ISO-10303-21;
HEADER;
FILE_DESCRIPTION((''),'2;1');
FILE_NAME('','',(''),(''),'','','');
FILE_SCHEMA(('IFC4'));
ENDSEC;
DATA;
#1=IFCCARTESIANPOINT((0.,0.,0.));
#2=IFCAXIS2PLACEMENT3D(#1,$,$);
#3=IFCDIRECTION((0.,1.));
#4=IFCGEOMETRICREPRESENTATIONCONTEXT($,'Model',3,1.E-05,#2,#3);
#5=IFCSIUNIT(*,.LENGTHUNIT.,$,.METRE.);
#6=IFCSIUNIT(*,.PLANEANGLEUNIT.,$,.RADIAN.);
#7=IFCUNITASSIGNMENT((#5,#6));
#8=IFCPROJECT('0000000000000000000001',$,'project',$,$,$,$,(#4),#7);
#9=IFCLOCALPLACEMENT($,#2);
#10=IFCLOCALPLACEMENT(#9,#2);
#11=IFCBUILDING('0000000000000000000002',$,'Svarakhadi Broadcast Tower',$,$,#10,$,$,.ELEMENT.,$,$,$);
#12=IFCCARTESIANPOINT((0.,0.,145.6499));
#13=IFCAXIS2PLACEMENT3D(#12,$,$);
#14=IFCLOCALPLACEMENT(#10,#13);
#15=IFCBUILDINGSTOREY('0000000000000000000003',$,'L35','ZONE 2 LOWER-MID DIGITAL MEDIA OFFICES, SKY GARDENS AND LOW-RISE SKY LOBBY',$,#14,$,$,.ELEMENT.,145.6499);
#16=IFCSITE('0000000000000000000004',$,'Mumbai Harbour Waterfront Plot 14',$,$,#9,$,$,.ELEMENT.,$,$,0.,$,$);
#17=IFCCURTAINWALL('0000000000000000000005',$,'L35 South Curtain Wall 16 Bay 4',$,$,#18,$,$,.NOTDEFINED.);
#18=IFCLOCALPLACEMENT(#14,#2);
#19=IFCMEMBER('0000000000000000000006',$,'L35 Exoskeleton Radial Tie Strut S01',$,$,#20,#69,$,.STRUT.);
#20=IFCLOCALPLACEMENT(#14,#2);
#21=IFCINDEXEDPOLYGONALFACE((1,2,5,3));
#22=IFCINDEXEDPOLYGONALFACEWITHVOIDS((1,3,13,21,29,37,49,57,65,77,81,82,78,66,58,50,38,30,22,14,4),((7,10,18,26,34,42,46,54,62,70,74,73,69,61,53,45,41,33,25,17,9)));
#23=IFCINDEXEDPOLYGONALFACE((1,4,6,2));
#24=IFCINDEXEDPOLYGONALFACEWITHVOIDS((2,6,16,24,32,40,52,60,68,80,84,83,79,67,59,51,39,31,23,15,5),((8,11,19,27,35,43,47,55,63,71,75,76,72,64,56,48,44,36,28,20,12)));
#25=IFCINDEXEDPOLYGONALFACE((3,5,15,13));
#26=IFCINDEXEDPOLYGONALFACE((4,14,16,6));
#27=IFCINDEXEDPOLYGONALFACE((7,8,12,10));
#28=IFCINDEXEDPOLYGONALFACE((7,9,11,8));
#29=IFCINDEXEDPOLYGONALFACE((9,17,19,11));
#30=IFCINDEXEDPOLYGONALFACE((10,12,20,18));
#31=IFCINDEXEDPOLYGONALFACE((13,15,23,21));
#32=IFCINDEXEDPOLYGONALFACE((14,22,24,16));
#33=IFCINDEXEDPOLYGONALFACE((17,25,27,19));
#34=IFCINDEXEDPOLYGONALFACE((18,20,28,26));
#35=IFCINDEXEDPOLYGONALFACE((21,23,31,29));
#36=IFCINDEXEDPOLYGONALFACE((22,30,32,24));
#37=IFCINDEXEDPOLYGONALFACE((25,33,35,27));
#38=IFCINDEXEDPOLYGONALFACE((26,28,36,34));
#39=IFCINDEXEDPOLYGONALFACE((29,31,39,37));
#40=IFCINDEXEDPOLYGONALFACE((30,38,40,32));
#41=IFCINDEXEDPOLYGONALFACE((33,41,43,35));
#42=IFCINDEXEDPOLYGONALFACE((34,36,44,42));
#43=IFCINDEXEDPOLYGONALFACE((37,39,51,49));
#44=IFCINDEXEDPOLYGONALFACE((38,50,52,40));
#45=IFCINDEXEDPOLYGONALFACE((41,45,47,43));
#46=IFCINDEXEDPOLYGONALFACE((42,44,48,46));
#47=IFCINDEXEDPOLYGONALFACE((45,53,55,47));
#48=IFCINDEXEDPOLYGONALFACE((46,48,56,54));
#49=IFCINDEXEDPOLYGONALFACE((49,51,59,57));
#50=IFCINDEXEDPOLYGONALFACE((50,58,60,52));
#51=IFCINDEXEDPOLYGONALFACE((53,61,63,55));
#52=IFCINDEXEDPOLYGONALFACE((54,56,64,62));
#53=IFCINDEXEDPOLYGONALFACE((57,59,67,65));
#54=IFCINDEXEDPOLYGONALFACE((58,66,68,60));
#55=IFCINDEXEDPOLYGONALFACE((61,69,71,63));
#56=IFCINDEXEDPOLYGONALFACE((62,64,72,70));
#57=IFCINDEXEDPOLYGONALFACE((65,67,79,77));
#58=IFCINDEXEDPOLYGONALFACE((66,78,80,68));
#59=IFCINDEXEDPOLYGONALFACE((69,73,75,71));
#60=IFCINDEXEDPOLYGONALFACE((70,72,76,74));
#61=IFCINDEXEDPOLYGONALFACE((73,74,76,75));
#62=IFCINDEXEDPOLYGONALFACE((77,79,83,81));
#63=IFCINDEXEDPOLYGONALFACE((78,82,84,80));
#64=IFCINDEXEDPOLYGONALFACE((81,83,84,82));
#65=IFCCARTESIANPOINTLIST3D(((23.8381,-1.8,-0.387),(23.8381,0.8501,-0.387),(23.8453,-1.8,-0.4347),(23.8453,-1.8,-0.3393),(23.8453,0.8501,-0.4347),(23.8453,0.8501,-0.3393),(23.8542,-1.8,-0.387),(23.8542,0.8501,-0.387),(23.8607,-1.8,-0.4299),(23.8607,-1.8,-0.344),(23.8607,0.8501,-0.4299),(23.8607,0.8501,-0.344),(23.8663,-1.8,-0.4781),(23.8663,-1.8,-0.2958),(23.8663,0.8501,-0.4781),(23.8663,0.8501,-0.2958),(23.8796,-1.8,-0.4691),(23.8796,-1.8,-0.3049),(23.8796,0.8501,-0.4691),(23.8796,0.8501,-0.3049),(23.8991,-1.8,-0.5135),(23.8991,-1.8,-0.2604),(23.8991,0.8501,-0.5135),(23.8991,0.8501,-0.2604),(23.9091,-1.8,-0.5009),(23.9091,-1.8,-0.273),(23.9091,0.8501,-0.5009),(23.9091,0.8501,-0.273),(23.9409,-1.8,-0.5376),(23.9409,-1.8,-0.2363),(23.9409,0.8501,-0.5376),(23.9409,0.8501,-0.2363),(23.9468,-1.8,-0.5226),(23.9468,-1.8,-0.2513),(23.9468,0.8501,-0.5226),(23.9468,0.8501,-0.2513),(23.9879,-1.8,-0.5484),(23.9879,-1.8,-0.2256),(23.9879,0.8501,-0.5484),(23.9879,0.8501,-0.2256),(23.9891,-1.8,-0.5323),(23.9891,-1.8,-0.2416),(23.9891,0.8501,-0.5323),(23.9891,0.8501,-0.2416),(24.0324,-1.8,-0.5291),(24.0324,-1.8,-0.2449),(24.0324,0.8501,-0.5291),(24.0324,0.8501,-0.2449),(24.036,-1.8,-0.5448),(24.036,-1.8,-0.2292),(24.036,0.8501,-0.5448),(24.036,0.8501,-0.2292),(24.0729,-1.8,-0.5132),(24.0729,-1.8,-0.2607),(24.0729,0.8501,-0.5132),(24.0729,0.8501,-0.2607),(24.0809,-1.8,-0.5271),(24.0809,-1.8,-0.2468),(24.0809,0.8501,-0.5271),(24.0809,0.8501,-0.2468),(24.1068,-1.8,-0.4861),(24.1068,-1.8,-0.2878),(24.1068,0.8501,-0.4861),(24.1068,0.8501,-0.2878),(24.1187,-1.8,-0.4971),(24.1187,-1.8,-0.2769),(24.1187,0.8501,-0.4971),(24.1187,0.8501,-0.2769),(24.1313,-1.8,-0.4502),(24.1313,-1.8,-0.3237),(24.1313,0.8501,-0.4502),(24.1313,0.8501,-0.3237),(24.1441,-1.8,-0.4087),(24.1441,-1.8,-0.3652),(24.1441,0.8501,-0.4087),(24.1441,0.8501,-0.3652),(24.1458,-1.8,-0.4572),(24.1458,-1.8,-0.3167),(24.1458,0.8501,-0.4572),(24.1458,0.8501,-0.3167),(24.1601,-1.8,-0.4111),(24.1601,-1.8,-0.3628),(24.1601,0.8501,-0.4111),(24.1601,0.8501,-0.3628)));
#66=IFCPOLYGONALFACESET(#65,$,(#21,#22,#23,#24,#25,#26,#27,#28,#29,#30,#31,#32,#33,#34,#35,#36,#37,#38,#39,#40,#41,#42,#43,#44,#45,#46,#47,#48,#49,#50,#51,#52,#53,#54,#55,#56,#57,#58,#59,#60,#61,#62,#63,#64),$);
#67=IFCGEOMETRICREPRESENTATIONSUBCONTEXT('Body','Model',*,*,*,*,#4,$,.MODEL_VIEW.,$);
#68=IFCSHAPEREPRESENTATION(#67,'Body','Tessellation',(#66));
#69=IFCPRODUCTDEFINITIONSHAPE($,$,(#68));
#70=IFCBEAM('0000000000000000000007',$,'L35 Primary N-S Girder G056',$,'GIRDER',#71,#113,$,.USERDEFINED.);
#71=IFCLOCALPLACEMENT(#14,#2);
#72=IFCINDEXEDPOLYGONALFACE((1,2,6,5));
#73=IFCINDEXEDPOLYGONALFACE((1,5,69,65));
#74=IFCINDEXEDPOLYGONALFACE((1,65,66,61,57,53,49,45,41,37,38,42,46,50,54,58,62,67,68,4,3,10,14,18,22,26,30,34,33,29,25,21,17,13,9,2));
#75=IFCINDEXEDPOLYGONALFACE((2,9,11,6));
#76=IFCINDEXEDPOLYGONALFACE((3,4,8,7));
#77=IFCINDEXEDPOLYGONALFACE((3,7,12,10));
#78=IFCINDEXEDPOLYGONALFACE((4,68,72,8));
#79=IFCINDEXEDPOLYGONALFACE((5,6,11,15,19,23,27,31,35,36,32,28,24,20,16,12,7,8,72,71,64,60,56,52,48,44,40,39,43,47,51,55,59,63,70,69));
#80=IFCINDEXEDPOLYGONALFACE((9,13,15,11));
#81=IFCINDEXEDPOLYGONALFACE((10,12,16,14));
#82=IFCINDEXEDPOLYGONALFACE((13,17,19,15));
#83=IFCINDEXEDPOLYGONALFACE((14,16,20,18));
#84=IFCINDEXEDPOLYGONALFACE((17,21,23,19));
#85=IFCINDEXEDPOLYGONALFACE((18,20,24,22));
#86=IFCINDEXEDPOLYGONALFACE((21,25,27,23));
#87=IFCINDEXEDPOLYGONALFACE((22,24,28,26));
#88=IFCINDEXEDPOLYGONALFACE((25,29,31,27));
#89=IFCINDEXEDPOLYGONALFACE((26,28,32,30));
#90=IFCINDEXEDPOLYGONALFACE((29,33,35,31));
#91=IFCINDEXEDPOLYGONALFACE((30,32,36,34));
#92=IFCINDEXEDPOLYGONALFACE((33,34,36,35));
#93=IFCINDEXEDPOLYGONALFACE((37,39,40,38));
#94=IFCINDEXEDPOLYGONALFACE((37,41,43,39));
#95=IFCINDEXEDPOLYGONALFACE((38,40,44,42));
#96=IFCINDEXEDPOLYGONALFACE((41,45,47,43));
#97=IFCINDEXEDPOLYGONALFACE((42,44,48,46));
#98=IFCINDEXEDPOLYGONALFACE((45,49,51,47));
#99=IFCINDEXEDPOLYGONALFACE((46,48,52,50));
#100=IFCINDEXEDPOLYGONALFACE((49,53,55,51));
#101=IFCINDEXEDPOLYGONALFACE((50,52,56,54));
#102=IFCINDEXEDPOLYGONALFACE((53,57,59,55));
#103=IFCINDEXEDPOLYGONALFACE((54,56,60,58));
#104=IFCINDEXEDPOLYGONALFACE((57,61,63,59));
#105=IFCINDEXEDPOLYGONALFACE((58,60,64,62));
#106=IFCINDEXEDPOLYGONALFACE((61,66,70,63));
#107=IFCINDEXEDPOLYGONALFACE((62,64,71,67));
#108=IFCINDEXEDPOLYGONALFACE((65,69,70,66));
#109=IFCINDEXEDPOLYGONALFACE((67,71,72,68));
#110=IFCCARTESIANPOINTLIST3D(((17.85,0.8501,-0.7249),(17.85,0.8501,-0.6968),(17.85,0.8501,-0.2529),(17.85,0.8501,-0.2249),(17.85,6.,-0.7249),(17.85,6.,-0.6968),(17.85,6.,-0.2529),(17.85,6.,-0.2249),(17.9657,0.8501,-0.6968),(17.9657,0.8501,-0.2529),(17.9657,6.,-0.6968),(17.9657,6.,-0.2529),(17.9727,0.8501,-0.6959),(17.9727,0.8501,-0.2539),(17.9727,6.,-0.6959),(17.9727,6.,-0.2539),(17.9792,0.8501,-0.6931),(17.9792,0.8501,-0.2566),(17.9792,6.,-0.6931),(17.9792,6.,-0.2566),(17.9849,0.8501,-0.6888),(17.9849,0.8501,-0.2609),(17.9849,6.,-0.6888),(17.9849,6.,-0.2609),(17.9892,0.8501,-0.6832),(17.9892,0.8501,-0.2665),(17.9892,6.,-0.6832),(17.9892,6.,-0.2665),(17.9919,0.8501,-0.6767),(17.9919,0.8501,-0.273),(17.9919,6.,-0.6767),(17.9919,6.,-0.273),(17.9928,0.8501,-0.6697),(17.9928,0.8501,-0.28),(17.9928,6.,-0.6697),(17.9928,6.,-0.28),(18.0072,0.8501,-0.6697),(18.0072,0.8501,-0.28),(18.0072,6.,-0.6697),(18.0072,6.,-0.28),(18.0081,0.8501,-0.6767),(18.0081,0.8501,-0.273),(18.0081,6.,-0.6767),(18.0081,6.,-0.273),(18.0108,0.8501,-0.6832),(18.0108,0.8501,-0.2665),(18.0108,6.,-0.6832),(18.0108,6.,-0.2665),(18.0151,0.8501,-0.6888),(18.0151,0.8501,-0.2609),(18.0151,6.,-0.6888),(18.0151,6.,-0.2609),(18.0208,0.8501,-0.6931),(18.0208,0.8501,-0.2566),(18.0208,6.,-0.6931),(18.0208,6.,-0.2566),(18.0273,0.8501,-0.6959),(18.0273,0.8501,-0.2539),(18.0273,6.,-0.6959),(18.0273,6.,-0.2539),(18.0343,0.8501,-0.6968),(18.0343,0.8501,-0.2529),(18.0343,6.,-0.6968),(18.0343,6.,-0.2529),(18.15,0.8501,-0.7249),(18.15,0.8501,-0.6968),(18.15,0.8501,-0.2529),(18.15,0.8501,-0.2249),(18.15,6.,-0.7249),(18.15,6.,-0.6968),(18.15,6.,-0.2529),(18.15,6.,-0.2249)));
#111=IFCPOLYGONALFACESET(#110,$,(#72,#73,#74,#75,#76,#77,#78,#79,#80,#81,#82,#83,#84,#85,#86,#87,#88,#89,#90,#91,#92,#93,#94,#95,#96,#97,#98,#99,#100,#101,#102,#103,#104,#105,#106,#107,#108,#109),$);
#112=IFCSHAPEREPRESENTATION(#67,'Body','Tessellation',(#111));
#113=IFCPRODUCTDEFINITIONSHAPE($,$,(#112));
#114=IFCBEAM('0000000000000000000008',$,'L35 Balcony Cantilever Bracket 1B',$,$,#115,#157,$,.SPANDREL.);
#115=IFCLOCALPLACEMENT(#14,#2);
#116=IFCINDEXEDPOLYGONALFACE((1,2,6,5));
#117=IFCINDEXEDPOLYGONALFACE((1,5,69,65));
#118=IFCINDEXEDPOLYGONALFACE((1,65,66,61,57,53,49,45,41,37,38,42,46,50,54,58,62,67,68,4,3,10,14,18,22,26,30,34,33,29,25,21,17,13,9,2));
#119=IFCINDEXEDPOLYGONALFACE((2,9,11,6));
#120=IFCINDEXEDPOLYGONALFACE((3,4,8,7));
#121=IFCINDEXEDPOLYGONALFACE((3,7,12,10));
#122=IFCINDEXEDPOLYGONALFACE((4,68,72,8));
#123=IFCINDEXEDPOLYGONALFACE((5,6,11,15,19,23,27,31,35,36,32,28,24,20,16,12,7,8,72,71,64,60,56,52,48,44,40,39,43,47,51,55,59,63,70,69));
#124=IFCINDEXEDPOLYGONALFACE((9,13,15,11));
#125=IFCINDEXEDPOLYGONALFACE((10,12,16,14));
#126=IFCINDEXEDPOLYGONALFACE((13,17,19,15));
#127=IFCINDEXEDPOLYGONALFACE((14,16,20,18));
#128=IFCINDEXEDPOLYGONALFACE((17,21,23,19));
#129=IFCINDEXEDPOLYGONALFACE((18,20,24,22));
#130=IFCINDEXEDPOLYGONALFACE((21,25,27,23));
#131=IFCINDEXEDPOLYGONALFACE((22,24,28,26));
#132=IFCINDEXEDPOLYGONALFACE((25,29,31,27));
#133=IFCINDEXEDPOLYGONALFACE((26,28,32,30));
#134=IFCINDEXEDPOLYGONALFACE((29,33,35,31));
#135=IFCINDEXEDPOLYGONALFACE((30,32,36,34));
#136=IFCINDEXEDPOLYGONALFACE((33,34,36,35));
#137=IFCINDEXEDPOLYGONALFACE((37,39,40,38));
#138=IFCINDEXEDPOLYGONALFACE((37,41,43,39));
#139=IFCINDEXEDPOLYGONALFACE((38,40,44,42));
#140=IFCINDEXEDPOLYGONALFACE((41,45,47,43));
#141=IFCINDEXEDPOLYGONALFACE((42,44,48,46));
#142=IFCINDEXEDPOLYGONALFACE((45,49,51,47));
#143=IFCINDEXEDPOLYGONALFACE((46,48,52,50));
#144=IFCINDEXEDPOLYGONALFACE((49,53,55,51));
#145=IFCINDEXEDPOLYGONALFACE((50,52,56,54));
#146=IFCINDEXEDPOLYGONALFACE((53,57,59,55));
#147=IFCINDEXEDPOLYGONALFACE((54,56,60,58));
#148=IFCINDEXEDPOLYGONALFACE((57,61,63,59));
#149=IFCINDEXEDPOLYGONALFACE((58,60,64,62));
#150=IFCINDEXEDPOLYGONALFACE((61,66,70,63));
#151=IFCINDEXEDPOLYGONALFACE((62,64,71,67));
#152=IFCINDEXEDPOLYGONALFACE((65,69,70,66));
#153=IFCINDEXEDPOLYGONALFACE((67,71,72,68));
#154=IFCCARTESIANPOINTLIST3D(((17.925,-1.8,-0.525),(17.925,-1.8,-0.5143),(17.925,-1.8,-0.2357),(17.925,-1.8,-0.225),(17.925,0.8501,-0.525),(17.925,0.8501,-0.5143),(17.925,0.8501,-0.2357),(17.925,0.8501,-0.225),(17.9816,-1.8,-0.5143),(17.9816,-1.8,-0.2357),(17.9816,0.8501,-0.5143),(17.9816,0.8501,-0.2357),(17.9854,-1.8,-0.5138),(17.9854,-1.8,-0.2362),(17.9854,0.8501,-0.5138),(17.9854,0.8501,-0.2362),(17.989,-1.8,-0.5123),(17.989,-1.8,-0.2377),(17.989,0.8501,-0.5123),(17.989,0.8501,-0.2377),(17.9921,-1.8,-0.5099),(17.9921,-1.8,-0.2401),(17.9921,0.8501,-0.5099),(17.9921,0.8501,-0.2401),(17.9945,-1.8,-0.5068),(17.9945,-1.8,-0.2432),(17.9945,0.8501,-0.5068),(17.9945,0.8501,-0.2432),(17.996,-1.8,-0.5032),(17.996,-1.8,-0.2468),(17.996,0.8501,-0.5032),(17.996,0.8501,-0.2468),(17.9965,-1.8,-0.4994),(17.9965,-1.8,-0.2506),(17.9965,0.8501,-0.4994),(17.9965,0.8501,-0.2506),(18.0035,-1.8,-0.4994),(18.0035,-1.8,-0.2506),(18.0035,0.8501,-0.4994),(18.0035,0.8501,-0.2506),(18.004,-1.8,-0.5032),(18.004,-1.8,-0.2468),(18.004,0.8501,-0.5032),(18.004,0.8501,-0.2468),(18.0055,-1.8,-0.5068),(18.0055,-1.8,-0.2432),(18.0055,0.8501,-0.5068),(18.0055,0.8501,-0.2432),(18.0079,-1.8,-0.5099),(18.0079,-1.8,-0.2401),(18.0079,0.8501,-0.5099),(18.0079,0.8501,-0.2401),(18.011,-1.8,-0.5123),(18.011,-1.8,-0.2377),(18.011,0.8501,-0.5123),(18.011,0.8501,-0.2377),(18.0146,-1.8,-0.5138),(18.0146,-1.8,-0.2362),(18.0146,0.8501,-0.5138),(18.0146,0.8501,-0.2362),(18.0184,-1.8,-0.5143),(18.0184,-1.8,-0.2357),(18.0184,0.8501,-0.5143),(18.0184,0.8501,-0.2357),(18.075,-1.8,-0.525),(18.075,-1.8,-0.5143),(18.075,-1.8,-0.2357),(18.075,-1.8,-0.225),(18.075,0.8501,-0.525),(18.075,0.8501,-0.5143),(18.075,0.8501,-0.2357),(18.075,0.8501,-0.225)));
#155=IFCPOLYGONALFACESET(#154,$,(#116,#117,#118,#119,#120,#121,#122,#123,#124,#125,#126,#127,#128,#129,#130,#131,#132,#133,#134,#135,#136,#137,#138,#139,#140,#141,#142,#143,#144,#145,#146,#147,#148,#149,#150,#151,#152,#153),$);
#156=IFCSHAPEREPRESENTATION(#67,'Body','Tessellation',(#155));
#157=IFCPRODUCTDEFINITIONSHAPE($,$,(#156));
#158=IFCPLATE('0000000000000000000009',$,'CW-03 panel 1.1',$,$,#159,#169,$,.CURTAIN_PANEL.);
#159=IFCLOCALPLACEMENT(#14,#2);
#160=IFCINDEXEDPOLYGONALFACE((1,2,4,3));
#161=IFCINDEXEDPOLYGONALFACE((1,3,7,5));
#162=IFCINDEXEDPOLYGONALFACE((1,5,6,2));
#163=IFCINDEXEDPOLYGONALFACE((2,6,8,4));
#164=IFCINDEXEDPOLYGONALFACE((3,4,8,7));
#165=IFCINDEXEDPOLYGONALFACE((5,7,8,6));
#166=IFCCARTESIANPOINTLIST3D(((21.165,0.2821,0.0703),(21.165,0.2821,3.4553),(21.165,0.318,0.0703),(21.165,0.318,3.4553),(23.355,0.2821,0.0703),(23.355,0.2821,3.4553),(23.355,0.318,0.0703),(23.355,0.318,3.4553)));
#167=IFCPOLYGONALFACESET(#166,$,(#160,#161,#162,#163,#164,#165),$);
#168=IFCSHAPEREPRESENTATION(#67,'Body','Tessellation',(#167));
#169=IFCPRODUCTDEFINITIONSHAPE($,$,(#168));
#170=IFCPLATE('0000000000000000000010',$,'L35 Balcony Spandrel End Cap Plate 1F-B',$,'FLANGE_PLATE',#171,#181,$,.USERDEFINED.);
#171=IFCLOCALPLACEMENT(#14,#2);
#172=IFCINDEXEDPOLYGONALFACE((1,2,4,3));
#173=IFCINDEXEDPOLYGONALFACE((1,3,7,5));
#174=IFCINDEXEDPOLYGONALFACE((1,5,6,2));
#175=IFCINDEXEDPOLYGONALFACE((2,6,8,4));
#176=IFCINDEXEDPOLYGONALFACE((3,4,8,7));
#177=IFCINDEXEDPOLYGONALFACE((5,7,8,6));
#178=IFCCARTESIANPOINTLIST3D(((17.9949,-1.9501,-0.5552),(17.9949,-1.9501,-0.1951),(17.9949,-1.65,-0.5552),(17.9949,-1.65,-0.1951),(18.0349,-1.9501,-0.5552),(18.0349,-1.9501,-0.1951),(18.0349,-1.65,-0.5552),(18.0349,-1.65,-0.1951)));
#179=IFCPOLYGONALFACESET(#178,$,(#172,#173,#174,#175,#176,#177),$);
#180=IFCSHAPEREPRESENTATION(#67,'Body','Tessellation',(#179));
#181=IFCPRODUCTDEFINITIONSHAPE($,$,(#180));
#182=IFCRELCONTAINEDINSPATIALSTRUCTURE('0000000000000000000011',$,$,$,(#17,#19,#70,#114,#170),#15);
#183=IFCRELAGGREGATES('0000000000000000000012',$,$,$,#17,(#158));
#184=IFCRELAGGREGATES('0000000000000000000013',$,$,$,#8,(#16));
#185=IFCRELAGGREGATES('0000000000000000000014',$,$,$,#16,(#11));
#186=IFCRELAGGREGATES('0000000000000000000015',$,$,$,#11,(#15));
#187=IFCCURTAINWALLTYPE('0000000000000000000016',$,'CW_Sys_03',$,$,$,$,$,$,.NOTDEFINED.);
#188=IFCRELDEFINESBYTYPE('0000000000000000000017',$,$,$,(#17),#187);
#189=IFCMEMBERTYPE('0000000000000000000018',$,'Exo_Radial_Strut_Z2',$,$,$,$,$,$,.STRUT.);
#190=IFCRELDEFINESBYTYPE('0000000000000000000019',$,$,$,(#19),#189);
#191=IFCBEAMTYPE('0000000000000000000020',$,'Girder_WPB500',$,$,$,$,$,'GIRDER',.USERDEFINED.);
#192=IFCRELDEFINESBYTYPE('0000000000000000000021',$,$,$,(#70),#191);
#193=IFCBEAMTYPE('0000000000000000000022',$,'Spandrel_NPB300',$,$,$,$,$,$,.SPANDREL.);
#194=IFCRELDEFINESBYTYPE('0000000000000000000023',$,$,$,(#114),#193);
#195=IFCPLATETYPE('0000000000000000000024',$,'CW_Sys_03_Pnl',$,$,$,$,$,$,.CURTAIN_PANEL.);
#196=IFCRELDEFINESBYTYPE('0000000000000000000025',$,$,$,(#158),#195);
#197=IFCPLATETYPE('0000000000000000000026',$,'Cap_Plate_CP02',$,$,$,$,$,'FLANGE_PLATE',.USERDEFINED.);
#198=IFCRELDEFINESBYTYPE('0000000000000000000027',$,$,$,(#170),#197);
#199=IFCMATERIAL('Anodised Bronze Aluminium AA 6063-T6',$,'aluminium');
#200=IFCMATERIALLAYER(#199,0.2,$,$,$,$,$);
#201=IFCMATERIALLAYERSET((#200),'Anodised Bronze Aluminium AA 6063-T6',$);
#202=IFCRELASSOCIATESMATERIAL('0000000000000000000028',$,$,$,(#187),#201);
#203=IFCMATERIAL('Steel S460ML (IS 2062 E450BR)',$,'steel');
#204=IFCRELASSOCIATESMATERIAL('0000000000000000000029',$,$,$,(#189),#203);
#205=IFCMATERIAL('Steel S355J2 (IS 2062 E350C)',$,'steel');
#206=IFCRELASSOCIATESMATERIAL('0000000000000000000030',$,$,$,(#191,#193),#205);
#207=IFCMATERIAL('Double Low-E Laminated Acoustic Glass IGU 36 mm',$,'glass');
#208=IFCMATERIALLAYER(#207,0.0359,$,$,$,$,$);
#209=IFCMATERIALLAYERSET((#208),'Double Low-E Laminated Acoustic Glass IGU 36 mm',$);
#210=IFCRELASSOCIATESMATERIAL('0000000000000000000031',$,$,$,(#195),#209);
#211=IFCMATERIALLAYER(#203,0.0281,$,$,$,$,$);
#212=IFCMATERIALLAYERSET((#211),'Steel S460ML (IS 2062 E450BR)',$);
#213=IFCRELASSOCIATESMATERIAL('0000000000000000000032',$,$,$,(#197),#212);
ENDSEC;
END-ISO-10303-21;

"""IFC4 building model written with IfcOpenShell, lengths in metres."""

from ifc_helpers import new_model, si_unit, direction, frame, origin, origin_2d, place, context, subcontext, project, spatial, rectangle, hollow_circle, i_section, extrude, material, layer, layer_set, material_profile, profile_set, type_object, element, aggregate, save


model = new_model("IFC4")

# Units and contexts
model_context = context("Model", 3, precision=1e-05, world=origin(), true_north=direction((0.0, 1.0)))
body_context = subcontext(model_context, "Body", "Model", "MODEL_VIEW")
ifc_project = project(units=[si_unit("LENGTHUNIT", "METRE"), si_unit("PLANEANGLEUNIT", "RADIAN")], contexts=[model_context])

# Site, building, storey
site_placement = place(None, origin())
site = spatial("IfcSite", under=ifc_project, at=site_placement, Name="Mumbai Harbour Waterfront Plot 14", CompositionType="ELEMENT", RefElevation=0.0)
building_placement = place(site_placement, origin())
building = spatial("IfcBuilding", under=site, at=building_placement, Name="Svarakhadi Broadcast Tower", CompositionType="ELEMENT")
storey_placement = place(building_placement, frame((0.0, 0.0, 145.6499)))
storey = spatial("IfcBuildingStorey", under=building, at=storey_placement, Name="L35", Description="ZONE 2 LOWER-MID DIGITAL MEDIA OFFICES, SKY GARDENS AND LOW-RISE SKY LOBBY", CompositionType="ELEMENT", Elevation=145.6499)

# Curtain wall
ifc_material_1 = material(Name="Anodised Bronze Aluminium AA 6063-T6", Category="aluminium")
ifc_layer_1 = layer(ifc_material_1, 0.2)
ifc_layer_set_1 = layer_set([ifc_layer_1], Name="Anodised Bronze Aluminium AA 6063-T6")
curtain_wall_type = type_object("IfcCurtainWallType", Name="CW_Sys_03", PredefinedType="NOTDEFINED", material=ifc_layer_set_1)
curtain_wall_placement = place(storey_placement, origin())
curtain_wall = element("IfcCurtainWall", 1, at=curtain_wall_placement, inside=storey, type_object=curtain_wall_type, Name="L35 South Curtain Wall 16 Bay 4", PredefinedType="NOTDEFINED")

# Member
ifc_material_2 = material(Name="Steel S460ML (IS 2062 E450BR)", Category="steel")
ifc_material_profile_1 = material_profile(ifc_material_2, hollow_circle(Radius=0.1619, WallThickness=0.0161, at=origin_2d()), Name="CHS 323.9x16")
ifc_profile_set_1 = profile_set([ifc_material_profile_1], Name="Steel S460ML (IS 2062 E450BR)")
member_type_1 = type_object("IfcMemberType", Name="Exo_Radial_Strut_Z2", PredefinedType="STRUT", material=ifc_profile_set_1)
member_1_placement = place(storey_placement, frame((24.0, -1.8, -0.387), z_axis=(0.0, 1.0, 0.0), x_axis=(-1.0, 0.0, 0.0)))
element("IfcMember", 2, at=member_1_placement, inside=storey, type_object=member_type_1, Name="L35 Exoskeleton Radial Tie Strut S01", PredefinedType="STRUT", context=body_context, shape_type="SweptSolid", body=[
    extrude(hollow_circle(Radius=0.1619, WallThickness=0.0161, at=origin_2d()), origin(), (0.0, 0.0, 1.0), 2.6501),
])

# Beams
ifc_material_3 = material(Name="Steel S355J2 (IS 2062 E350C)", Category="steel")
ifc_material_profile_2 = material_profile(ifc_material_3, i_section(OverallWidth=0.3, OverallDepth=0.5, WebThickness=0.0144, FlangeThickness=0.0281, FilletRadius=0.0271, at=origin_2d()), Name="WPB 500x300x187")
ifc_profile_set_2 = profile_set([ifc_material_profile_2], Name="Steel S355J2 (IS 2062 E350C)")
beam_type_1 = type_object("IfcBeamType", Name="Girder_WPB500", ElementType="GIRDER", PredefinedType="USERDEFINED", material=ifc_profile_set_2)
beam_1_placement = place(storey_placement, frame((18.0, 0.8501, -0.4749), z_axis=(0.0, 1.0, 0.0), x_axis=(-1.0, 0.0, 0.0)))
element("IfcBeam", 3, at=beam_1_placement, inside=storey, type_object=beam_type_1, Name="L35 Primary N-S Girder G056", ObjectType="GIRDER", PredefinedType="USERDEFINED", context=body_context, shape_type="SweptSolid", body=[
    extrude(i_section(OverallWidth=0.3, OverallDepth=0.5, WebThickness=0.0144, FlangeThickness=0.0281, FilletRadius=0.0271, at=origin_2d()), origin(), (0.0, 0.0, 1.0), 5.1499),
])
ifc_material_profile_3 = material_profile(ifc_material_3, i_section(OverallWidth=0.1499, OverallDepth=0.3, WebThickness=0.0071, FlangeThickness=0.0107, FilletRadius=0.0149, at=origin_2d()), Name="NPB 300x150x37")
ifc_profile_set_3 = profile_set([ifc_material_profile_3], Name="Steel S355J2 (IS 2062 E350C)")
beam_type_2 = type_object("IfcBeamType", Name="Spandrel_NPB300", PredefinedType="SPANDREL", material=ifc_profile_set_3)
beam_2_placement = place(storey_placement, frame((18.0, 0.8501, -0.375), z_axis=(0.0, -1.0, 0.0), x_axis=(1.0, 0.0, 0.0)))
element("IfcBeam", 4, at=beam_2_placement, inside=storey, type_object=beam_type_2, Name="L35 Balcony Cantilever Bracket 1B", PredefinedType="SPANDREL", context=body_context, shape_type="SweptSolid", body=[
    extrude(i_section(OverallWidth=0.1499, OverallDepth=0.3, WebThickness=0.0071, FlangeThickness=0.0107, FilletRadius=0.0149, at=origin_2d()), origin(), (0.0, 0.0, 1.0), 2.6501),
])

# Plate
ifc_material_4 = material(Name="Double Low-E Laminated Acoustic Glass IGU 36 mm", Category="glass")
ifc_layer_2 = layer(ifc_material_4, 0.0359)
ifc_layer_set_2 = layer_set([ifc_layer_2], Name="Double Low-E Laminated Acoustic Glass IGU 36 mm")
plate_type_1 = type_object("IfcPlateType", Name="CW_Sys_03_Pnl", PredefinedType="CURTAIN_PANEL", material=ifc_layer_set_2)
plate_1_placement = place(storey_placement, frame((22.26, 0.3, 0.0703), z_axis=(0.0, 0.0, 1.0), x_axis=(-1.0, 0.0, 0.0)))
plate_1 = element("IfcPlate", 5, at=plate_1_placement, type_object=plate_type_1, Name="CW-03 panel 1.1", PredefinedType="CURTAIN_PANEL", context=body_context, shape_type="SweptSolid", body=[
    extrude(rectangle(XDim=2.1899, YDim=0.0359, at=origin_2d()), origin(), (0.0, 0.0, 1.0), 3.385),
])
aggregate(curtain_wall, [plate_1])

# Plate
ifc_layer_3 = layer(ifc_material_2, 0.0281)
ifc_layer_set_3 = layer_set([ifc_layer_3], Name="Steel S460ML (IS 2062 E450BR)")
plate_type_2 = type_object("IfcPlateType", Name="Cap_Plate_CP02", ElementType="FLANGE_PLATE", PredefinedType="USERDEFINED", material=ifc_layer_set_3)
plate_2_placement = place(storey_placement, frame((18.0149, -1.8, -0.5552), z_axis=(0.0, 0.0, 1.0), x_axis=(1.0, 0.0, 0.0)))
element("IfcPlate", 6, at=plate_2_placement, inside=storey, type_object=plate_type_2, Name="L35 Balcony Spandrel End Cap Plate 1F-B", ObjectType="FLANGE_PLATE", PredefinedType="USERDEFINED", context=body_context, shape_type="SweptSolid", body=[
    extrude(rectangle(XDim=0.04, YDim=0.3, at=origin_2d()), origin(), (0.0, 0.0, 1.0), 0.3601),
])

save(model, "model.ifc")
